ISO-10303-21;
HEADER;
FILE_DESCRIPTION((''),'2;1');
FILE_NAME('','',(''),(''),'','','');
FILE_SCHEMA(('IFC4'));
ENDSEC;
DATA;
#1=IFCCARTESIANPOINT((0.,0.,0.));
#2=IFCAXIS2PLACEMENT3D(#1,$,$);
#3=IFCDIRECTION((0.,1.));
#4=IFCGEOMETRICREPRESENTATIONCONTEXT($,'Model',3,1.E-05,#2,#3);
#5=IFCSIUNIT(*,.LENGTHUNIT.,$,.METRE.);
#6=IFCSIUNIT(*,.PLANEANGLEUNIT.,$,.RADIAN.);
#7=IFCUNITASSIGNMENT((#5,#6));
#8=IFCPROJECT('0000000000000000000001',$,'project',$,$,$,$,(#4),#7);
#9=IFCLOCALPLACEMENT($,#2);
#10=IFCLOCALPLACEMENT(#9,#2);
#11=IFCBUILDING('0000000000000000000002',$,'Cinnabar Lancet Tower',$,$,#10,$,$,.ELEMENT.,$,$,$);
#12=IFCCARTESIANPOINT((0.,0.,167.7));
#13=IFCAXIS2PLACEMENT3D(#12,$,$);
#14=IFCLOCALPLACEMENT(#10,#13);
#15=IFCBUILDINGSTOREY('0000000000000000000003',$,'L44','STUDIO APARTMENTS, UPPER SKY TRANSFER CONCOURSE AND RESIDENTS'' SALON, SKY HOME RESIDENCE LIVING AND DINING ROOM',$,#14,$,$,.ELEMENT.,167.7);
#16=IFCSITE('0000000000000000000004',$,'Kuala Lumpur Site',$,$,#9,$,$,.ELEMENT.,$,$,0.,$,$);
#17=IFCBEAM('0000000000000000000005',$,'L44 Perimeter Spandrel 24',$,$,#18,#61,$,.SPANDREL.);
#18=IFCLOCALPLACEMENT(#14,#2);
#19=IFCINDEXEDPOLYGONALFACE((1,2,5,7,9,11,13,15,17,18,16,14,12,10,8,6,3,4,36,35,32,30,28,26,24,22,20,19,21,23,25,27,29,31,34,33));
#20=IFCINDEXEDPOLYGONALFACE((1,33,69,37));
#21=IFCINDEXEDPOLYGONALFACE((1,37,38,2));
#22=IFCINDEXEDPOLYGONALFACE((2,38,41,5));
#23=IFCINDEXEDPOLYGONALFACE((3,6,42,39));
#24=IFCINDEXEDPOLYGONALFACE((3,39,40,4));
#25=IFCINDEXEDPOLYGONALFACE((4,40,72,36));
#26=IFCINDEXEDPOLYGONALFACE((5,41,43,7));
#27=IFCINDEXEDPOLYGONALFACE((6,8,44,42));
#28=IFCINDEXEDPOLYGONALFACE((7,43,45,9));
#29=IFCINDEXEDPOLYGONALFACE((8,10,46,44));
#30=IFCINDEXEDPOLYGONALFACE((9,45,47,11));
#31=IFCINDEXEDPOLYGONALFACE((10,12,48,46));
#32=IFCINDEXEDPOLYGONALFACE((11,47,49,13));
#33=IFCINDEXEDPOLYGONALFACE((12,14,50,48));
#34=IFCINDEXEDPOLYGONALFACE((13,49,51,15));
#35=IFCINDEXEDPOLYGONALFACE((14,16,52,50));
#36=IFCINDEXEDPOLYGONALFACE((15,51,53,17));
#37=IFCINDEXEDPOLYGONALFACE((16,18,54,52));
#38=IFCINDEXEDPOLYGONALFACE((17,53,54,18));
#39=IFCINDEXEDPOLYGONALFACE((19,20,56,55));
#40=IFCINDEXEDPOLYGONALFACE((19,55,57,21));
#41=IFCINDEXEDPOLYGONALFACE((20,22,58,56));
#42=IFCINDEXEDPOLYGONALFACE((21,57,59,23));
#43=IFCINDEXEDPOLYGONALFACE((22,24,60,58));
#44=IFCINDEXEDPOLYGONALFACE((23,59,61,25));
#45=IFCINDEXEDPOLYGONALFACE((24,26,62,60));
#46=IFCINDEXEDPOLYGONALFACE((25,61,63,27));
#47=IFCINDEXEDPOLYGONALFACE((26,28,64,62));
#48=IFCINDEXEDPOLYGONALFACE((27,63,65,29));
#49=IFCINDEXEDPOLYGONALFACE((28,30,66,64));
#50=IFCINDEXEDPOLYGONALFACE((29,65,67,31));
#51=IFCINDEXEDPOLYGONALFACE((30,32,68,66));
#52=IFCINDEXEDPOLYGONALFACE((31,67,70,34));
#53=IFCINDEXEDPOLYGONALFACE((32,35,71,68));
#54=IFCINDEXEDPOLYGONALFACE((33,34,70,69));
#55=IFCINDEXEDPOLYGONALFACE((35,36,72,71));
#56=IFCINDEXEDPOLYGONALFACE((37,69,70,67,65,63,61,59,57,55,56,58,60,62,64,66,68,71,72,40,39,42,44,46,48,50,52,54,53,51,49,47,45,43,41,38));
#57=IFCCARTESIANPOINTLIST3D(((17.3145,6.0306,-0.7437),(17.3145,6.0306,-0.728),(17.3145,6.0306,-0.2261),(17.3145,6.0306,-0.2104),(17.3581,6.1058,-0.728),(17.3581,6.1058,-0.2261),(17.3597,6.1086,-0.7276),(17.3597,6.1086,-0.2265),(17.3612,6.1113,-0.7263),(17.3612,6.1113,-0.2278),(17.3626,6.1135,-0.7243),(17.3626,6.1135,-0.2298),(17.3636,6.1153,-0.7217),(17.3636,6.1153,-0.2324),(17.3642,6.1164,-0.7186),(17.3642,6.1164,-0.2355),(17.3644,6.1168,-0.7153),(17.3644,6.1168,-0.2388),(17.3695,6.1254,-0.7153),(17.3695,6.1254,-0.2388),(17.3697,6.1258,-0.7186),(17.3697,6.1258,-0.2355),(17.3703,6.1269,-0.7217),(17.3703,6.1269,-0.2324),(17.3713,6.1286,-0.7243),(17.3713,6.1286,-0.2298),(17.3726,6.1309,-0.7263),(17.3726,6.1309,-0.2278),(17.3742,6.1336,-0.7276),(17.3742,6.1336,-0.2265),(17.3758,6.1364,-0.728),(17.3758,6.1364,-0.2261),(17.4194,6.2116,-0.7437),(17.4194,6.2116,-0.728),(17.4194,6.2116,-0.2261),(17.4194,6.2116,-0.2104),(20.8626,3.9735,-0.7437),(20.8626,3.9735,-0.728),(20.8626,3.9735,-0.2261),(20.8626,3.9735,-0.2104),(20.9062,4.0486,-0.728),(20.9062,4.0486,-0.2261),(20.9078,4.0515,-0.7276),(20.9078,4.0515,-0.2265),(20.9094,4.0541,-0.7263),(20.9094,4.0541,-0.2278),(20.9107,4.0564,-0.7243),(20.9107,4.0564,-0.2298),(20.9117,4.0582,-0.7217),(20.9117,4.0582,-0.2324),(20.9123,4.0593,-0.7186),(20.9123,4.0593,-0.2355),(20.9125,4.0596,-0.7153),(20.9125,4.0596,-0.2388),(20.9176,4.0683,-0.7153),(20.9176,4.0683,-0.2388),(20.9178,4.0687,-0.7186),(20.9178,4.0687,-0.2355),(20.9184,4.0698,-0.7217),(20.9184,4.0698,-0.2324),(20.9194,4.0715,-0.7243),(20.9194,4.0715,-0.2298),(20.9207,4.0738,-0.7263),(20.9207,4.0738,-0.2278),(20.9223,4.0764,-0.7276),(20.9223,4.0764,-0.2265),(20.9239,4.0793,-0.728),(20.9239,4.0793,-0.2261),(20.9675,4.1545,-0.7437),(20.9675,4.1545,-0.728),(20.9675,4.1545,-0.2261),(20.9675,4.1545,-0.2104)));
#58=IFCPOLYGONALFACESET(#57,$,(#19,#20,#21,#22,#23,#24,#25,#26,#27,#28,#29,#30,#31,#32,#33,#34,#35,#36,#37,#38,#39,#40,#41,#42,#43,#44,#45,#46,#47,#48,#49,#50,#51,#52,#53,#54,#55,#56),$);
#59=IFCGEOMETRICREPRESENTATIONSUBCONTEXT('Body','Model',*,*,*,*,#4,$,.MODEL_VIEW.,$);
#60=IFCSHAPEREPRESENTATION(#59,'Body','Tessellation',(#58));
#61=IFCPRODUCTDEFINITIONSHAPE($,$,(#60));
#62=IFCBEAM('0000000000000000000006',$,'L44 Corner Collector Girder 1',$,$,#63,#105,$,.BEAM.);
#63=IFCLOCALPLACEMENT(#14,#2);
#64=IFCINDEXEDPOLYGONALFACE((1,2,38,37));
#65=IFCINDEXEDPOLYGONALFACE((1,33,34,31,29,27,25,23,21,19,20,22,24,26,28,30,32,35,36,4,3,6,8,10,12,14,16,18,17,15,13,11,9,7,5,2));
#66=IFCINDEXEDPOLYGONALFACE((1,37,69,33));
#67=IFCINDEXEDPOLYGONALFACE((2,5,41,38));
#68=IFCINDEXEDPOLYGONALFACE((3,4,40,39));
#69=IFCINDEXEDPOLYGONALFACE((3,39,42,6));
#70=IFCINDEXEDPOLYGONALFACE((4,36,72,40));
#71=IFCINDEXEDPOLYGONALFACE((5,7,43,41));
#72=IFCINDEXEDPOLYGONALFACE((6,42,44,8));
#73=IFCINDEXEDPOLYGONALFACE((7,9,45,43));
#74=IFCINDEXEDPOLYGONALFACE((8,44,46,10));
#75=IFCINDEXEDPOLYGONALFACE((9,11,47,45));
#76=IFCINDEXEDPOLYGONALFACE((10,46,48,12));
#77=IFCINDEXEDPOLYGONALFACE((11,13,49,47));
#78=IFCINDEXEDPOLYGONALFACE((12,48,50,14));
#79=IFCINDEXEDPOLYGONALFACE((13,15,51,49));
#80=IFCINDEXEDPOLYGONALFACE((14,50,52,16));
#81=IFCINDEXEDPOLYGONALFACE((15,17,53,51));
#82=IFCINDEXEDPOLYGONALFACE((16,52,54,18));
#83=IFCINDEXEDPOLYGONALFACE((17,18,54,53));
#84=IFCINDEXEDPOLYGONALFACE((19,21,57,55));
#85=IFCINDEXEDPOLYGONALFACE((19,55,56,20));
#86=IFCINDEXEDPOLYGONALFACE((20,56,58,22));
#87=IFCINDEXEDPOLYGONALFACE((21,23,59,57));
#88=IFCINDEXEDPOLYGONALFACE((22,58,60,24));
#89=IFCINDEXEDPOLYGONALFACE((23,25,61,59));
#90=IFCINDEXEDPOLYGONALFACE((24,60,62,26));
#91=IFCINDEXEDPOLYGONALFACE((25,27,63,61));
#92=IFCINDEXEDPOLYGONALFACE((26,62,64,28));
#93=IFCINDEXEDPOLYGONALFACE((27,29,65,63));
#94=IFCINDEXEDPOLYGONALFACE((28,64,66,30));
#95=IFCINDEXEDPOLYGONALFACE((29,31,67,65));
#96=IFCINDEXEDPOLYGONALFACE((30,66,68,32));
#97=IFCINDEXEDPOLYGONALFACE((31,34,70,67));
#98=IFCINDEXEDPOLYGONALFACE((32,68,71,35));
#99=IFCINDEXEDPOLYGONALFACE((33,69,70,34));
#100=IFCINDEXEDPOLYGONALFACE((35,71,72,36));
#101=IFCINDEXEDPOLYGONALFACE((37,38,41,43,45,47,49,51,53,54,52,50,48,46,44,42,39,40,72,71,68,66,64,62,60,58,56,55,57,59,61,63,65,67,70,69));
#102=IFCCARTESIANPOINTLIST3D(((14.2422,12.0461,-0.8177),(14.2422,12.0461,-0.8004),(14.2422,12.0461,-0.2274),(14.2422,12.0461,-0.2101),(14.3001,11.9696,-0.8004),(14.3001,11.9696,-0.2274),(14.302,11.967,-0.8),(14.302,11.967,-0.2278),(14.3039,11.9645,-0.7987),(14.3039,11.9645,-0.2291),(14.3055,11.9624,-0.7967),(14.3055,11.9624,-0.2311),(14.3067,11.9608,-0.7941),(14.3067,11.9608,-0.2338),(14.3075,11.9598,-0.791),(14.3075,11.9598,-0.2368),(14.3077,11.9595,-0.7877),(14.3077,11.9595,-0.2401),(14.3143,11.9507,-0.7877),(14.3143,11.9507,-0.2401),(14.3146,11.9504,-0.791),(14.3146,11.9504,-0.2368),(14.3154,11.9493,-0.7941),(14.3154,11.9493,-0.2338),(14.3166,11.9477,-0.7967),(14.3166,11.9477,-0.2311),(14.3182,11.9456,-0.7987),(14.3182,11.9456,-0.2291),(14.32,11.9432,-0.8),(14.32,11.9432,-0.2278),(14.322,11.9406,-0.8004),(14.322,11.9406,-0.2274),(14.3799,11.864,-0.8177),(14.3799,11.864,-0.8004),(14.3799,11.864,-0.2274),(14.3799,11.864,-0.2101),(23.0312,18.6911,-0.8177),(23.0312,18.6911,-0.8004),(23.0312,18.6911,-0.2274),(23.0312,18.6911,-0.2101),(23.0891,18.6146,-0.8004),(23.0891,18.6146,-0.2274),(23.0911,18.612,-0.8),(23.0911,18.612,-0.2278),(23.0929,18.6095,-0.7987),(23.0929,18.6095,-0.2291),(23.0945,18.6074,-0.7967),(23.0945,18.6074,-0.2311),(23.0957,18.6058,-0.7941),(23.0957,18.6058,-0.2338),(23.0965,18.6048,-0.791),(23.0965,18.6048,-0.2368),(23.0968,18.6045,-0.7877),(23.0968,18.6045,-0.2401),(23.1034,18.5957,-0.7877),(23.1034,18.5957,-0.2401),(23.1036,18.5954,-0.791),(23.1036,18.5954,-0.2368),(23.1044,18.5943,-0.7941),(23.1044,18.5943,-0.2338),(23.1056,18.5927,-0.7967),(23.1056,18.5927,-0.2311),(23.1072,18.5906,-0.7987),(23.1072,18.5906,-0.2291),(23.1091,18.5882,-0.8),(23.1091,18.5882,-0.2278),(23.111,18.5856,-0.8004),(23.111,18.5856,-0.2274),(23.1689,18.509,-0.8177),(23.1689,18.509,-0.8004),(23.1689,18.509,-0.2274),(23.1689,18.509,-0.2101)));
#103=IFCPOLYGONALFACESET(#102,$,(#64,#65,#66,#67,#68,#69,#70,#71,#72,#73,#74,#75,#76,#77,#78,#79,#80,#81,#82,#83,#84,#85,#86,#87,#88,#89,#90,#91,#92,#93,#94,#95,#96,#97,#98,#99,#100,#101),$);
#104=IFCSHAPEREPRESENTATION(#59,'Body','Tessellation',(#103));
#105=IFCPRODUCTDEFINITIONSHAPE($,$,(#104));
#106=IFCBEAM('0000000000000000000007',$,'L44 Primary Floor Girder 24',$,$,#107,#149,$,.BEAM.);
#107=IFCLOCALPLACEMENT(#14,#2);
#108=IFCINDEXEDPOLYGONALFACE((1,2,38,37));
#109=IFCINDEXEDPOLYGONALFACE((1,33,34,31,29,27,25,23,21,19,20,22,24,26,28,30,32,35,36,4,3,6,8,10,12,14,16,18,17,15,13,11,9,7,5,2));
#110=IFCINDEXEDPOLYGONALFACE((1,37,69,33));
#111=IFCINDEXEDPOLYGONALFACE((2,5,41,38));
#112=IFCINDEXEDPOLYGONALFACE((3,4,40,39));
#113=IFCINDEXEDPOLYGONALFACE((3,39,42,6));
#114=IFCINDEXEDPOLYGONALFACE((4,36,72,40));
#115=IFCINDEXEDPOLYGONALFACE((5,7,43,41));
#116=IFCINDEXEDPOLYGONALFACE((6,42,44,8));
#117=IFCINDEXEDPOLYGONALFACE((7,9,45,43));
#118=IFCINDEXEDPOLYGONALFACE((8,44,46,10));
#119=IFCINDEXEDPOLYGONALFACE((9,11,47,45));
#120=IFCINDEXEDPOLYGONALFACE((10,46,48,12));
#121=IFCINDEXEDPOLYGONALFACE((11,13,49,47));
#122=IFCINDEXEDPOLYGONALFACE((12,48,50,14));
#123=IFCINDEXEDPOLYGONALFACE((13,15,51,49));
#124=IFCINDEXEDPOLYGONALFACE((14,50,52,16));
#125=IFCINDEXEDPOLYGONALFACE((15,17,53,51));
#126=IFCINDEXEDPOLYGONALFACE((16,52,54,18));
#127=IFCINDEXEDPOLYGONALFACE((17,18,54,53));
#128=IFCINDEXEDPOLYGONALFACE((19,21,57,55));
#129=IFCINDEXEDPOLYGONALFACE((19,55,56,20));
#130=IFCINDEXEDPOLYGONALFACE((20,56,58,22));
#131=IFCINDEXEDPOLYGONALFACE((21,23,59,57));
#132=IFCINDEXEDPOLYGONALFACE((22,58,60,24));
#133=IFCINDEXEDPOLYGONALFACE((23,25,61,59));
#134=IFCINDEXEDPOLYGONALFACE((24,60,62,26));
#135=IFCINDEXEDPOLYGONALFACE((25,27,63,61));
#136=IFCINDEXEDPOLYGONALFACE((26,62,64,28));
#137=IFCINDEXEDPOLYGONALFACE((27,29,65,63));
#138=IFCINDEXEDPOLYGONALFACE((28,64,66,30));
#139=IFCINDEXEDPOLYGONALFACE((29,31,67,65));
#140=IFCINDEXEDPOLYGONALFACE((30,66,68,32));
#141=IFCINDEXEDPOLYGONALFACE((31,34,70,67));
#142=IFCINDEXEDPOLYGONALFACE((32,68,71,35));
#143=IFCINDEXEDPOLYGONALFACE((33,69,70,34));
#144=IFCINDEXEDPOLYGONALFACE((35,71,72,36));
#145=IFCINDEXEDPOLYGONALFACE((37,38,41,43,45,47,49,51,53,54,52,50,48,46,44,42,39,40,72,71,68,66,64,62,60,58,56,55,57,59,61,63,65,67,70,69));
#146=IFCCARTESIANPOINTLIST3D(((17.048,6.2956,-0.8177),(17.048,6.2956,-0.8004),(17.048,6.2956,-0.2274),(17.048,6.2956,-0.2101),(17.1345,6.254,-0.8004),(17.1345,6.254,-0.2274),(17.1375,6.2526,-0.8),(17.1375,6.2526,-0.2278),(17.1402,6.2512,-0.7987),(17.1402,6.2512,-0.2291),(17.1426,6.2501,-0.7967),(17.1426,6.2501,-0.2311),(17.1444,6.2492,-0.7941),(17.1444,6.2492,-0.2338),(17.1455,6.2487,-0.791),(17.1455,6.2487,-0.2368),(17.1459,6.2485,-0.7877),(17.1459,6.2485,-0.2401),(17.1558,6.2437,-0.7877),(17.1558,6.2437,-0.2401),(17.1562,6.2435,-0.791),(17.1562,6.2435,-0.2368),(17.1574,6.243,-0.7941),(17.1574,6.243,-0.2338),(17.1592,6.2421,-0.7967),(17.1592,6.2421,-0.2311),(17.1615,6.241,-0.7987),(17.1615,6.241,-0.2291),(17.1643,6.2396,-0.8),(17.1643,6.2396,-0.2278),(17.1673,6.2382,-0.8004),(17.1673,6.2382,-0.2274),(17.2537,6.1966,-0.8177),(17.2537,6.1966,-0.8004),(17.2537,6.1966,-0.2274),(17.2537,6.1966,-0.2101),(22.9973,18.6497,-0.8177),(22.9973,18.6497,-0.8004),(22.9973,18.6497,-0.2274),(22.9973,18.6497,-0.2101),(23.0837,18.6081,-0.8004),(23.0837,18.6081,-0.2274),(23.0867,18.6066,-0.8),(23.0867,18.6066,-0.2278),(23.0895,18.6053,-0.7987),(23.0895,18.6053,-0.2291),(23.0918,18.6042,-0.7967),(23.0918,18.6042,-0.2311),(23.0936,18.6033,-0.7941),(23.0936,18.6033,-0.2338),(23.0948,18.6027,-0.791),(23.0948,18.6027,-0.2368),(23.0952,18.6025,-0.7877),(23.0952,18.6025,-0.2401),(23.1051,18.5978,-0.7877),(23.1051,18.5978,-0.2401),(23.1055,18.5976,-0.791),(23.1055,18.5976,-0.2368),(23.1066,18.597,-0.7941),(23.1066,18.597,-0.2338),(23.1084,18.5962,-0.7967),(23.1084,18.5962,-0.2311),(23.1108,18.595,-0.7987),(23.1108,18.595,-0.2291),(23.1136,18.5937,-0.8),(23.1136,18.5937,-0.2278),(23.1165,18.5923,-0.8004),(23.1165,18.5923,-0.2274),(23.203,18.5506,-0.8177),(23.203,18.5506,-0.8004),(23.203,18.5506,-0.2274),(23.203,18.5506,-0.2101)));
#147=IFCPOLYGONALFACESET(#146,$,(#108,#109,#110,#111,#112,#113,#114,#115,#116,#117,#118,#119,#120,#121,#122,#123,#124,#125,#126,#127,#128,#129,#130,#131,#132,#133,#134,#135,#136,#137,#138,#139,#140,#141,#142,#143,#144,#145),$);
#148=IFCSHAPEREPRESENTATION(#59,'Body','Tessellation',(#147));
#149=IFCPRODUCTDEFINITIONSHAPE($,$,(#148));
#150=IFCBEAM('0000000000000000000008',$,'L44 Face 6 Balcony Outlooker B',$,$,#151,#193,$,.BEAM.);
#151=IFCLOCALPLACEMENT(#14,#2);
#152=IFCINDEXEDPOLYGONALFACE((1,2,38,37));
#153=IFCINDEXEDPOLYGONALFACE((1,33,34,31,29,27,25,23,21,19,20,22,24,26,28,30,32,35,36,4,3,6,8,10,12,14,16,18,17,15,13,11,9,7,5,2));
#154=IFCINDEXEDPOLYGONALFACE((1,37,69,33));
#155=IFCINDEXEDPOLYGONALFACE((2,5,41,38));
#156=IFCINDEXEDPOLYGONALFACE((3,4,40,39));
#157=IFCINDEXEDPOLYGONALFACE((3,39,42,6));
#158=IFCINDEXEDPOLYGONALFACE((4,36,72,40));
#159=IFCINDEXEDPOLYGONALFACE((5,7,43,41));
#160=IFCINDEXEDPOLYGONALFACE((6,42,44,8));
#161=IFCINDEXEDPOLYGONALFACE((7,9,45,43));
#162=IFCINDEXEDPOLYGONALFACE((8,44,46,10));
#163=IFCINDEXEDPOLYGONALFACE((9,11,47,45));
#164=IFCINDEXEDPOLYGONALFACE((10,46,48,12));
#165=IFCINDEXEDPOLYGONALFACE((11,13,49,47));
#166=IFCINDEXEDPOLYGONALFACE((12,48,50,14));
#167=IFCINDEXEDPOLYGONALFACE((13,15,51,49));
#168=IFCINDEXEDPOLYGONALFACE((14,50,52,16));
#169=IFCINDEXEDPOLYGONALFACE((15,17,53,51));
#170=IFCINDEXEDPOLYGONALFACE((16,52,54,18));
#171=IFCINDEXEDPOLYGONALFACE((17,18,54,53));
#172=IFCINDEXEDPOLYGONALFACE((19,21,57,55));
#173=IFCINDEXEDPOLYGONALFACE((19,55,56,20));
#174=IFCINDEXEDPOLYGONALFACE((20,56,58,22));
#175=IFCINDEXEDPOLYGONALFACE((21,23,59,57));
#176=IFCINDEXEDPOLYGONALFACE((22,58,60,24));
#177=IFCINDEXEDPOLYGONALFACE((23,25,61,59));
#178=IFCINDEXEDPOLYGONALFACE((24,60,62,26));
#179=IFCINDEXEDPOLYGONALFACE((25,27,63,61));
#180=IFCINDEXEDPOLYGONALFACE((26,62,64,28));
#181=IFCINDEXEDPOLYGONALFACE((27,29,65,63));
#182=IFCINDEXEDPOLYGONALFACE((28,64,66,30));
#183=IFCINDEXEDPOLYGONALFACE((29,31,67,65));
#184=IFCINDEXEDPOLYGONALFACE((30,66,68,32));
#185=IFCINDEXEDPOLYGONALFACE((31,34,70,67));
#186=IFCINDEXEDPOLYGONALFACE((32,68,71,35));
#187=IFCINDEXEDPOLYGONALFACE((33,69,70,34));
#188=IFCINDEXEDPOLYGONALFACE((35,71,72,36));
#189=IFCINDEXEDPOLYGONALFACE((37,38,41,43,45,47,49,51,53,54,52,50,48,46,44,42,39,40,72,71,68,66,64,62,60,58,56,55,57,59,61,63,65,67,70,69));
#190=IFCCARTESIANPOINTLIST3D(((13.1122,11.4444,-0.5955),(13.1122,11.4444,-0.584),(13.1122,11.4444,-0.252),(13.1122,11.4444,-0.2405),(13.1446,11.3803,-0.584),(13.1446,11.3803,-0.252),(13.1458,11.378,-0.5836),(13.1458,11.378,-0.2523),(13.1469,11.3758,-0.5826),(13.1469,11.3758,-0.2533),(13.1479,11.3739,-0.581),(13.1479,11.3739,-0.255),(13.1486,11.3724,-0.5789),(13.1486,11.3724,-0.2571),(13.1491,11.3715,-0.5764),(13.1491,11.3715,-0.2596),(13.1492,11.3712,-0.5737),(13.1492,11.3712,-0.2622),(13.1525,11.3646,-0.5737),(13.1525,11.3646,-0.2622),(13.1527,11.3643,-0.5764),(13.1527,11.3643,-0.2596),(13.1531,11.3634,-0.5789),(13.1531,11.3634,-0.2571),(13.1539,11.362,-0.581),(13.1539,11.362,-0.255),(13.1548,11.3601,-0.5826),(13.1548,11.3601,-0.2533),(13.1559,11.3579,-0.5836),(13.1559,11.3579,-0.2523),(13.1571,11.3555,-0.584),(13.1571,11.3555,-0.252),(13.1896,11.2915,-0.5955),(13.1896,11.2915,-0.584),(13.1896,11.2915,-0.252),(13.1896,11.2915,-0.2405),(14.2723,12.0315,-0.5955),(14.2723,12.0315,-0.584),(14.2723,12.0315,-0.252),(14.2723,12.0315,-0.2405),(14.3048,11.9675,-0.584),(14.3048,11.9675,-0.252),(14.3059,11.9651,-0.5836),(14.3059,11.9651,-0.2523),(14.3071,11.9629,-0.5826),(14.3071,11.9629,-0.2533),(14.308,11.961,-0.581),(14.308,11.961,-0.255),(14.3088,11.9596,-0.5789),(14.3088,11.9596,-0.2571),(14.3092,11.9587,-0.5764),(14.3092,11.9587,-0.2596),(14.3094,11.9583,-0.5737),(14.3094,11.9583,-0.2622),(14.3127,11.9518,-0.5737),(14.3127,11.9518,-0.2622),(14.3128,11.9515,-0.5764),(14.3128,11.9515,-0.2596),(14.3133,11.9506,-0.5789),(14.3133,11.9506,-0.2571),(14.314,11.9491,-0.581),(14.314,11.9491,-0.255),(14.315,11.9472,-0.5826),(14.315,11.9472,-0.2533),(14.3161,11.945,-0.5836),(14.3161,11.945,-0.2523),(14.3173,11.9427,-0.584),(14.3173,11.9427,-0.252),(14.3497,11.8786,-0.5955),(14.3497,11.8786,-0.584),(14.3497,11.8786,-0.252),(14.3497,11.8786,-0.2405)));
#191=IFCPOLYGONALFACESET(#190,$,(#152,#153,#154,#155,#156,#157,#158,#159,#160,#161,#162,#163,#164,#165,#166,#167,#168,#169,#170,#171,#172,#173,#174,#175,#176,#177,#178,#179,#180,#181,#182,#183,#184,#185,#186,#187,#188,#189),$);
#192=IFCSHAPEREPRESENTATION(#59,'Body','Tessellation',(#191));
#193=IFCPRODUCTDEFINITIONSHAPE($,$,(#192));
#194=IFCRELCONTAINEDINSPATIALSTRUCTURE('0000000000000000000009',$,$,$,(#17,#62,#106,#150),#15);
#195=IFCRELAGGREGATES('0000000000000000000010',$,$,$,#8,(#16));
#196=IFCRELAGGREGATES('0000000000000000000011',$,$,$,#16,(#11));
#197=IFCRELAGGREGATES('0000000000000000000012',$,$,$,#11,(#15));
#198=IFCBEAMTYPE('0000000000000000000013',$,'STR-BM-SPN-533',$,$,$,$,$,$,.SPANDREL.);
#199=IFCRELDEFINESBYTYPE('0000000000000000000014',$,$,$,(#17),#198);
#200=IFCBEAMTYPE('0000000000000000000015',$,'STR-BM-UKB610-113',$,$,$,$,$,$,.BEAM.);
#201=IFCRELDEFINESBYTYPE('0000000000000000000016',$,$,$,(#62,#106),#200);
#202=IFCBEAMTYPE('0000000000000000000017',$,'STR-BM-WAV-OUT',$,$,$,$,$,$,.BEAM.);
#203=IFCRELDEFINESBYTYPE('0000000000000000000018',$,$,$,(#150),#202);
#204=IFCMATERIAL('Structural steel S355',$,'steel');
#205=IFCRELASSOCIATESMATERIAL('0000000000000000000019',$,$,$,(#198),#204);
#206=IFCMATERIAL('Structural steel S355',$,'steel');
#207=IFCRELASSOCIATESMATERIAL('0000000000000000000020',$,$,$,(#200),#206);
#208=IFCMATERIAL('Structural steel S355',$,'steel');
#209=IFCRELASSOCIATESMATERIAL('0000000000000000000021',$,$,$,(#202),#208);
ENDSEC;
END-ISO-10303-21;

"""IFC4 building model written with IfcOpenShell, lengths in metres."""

from ifc_helpers import new_model, si_unit, direction, frame, origin, origin_2d, place, context, subcontext, project, spatial, i_section, extrude, material, material_profile, profile_set, type_object, element, save


model = new_model("IFC4")

# Units and contexts
model_context = context("Model", 3, precision=1e-05, world=origin(), true_north=direction((0.0, 1.0)))
body_context = subcontext(model_context, "Body", "Model", "MODEL_VIEW")
ifc_project = project(units=[si_unit("LENGTHUNIT", "METRE"), si_unit("PLANEANGLEUNIT", "RADIAN")], contexts=[model_context])

# Site, building, storey
site_placement = place(None, origin())
site = spatial("IfcSite", under=ifc_project, at=site_placement, Name="Kuala Lumpur Site", CompositionType="ELEMENT", RefElevation=0.0)
building_placement = place(site_placement, origin())
building = spatial("IfcBuilding", under=site, at=building_placement, Name="Cinnabar Lancet Tower", CompositionType="ELEMENT")
storey_placement = place(building_placement, frame((0.0, 0.0, 167.7)))
storey = spatial("IfcBuildingStorey", under=building, at=storey_placement, Name="L44", Description="STUDIO APARTMENTS, UPPER SKY TRANSFER CONCOURSE AND RESIDENTS' SALON, SKY HOME RESIDENCE LIVING AND DINING ROOM", CompositionType="ELEMENT", Elevation=167.7)

# Beams
ifc_material_1 = material(Name="Structural steel S355", Category="steel")
ifc_material_profile_1 = material_profile(ifc_material_1, i_section(OverallWidth=0.2092, OverallDepth=0.5332, WebThickness=0.01, FlangeThickness=0.0156, FilletRadius=0.0127, at=origin_2d()), Name="UKB 533x210x92")
ifc_profile_set_1 = profile_set([ifc_material_profile_1], Name="Structural steel S355")
beam_type_1 = type_object("IfcBeamType", Name="STR-BM-SPN-533", PredefinedType="SPANDREL", material=ifc_profile_set_1)
beam_1_placement = place(storey_placement, frame((17.3669, 6.1211, -0.4771), z_axis=(0.865112, -0.501578, 0.0), x_axis=(0.501578, 0.865112, 0.0)))
element("IfcBeam", 1, at=beam_1_placement, inside=storey, type_object=beam_type_1, Name="L44 Perimeter Spandrel 24", PredefinedType="SPANDREL", context=body_context, shape_type="SweptSolid", body=[
    extrude(i_section(OverallWidth=0.2092, OverallDepth=0.5332, WebThickness=0.01, FlangeThickness=0.0156, FilletRadius=0.0127, at=origin_2d()), origin(), (0.0, 0.0, 1.0), 4.1013),
])
ifc_material_2 = material(Name="Structural steel S355", Category="steel")
ifc_material_profile_2 = material_profile(ifc_material_2, i_section(OverallWidth=0.2283, OverallDepth=0.6077, WebThickness=0.011, FlangeThickness=0.0173, FilletRadius=0.0127, at=origin_2d()), Name="UKB 610x229x113")
ifc_profile_set_2 = profile_set([ifc_material_profile_2], Name="Structural steel S355")
beam_type_2 = type_object("IfcBeamType", Name="STR-BM-UKB610-113", PredefinedType="BEAM", material=ifc_profile_set_2)
beam_2_placement = place(storey_placement, frame((14.311, 11.9551, -0.5139), z_axis=(0.797675, 0.603087, 0.0), x_axis=(-0.603087, 0.797675, 0.0)))
element("IfcBeam", 2, at=beam_2_placement, inside=storey, type_object=beam_type_2, Name="L44 Corner Collector Girder 1", PredefinedType="BEAM", context=body_context, shape_type="SweptSolid", body=[
    extrude(i_section(OverallWidth=0.2283, OverallDepth=0.6077, WebThickness=0.011, FlangeThickness=0.0173, FilletRadius=0.0127, at=origin_2d()), origin(), (0.0, 0.0, 1.0), 11.0183),
])
beam_3_placement = place(storey_placement, frame((17.1509, 6.2461, -0.5139), z_axis=(0.433875, 0.900973, 0.0), x_axis=(-0.900973, 0.433875, 0.0)))
element("IfcBeam", 3, at=beam_3_placement, inside=storey, type_object=beam_type_2, Name="L44 Primary Floor Girder 24", PredefinedType="BEAM", context=body_context, shape_type="SweptSolid", body=[
    extrude(i_section(OverallWidth=0.2283, OverallDepth=0.6077, WebThickness=0.011, FlangeThickness=0.0173, FilletRadius=0.0127, at=origin_2d()), origin(), (0.0, 0.0, 1.0), 13.7119),
])
ifc_material_3 = material(Name="Structural steel S355", Category="steel")
ifc_material_profile_3 = material_profile(ifc_material_3, i_section(OverallWidth=0.1714, OverallDepth=0.355, WebThickness=0.0073, FlangeThickness=0.0115, FilletRadius=0.0103, at=origin_2d()), Name="UKB 356x171x51")
ifc_profile_set_3 = profile_set([ifc_material_profile_3], Name="Structural steel S355")
beam_type_3 = type_object("IfcBeamType", Name="STR-BM-WAV-OUT", PredefinedType="BEAM", material=ifc_profile_set_3)
beam_4_placement = place(storey_placement, frame((14.311, 11.9551, -0.418), z_axis=(-0.892239, -0.451564, 0.0), x_axis=(0.451564, -0.892239, 0.0)))
element("IfcBeam", 4, at=beam_4_placement, inside=storey, type_object=beam_type_3, Name="L44 Face 6 Balcony Outlooker B", PredefinedType="BEAM", context=body_context, shape_type="SweptSolid", body=[
    extrude(i_section(OverallWidth=0.1714, OverallDepth=0.355, WebThickness=0.0073, FlangeThickness=0.0115, FilletRadius=0.0103, at=origin_2d()), origin(), (0.0, 0.0, 1.0), 1.3003),
])

save(model, "model.ifc")
